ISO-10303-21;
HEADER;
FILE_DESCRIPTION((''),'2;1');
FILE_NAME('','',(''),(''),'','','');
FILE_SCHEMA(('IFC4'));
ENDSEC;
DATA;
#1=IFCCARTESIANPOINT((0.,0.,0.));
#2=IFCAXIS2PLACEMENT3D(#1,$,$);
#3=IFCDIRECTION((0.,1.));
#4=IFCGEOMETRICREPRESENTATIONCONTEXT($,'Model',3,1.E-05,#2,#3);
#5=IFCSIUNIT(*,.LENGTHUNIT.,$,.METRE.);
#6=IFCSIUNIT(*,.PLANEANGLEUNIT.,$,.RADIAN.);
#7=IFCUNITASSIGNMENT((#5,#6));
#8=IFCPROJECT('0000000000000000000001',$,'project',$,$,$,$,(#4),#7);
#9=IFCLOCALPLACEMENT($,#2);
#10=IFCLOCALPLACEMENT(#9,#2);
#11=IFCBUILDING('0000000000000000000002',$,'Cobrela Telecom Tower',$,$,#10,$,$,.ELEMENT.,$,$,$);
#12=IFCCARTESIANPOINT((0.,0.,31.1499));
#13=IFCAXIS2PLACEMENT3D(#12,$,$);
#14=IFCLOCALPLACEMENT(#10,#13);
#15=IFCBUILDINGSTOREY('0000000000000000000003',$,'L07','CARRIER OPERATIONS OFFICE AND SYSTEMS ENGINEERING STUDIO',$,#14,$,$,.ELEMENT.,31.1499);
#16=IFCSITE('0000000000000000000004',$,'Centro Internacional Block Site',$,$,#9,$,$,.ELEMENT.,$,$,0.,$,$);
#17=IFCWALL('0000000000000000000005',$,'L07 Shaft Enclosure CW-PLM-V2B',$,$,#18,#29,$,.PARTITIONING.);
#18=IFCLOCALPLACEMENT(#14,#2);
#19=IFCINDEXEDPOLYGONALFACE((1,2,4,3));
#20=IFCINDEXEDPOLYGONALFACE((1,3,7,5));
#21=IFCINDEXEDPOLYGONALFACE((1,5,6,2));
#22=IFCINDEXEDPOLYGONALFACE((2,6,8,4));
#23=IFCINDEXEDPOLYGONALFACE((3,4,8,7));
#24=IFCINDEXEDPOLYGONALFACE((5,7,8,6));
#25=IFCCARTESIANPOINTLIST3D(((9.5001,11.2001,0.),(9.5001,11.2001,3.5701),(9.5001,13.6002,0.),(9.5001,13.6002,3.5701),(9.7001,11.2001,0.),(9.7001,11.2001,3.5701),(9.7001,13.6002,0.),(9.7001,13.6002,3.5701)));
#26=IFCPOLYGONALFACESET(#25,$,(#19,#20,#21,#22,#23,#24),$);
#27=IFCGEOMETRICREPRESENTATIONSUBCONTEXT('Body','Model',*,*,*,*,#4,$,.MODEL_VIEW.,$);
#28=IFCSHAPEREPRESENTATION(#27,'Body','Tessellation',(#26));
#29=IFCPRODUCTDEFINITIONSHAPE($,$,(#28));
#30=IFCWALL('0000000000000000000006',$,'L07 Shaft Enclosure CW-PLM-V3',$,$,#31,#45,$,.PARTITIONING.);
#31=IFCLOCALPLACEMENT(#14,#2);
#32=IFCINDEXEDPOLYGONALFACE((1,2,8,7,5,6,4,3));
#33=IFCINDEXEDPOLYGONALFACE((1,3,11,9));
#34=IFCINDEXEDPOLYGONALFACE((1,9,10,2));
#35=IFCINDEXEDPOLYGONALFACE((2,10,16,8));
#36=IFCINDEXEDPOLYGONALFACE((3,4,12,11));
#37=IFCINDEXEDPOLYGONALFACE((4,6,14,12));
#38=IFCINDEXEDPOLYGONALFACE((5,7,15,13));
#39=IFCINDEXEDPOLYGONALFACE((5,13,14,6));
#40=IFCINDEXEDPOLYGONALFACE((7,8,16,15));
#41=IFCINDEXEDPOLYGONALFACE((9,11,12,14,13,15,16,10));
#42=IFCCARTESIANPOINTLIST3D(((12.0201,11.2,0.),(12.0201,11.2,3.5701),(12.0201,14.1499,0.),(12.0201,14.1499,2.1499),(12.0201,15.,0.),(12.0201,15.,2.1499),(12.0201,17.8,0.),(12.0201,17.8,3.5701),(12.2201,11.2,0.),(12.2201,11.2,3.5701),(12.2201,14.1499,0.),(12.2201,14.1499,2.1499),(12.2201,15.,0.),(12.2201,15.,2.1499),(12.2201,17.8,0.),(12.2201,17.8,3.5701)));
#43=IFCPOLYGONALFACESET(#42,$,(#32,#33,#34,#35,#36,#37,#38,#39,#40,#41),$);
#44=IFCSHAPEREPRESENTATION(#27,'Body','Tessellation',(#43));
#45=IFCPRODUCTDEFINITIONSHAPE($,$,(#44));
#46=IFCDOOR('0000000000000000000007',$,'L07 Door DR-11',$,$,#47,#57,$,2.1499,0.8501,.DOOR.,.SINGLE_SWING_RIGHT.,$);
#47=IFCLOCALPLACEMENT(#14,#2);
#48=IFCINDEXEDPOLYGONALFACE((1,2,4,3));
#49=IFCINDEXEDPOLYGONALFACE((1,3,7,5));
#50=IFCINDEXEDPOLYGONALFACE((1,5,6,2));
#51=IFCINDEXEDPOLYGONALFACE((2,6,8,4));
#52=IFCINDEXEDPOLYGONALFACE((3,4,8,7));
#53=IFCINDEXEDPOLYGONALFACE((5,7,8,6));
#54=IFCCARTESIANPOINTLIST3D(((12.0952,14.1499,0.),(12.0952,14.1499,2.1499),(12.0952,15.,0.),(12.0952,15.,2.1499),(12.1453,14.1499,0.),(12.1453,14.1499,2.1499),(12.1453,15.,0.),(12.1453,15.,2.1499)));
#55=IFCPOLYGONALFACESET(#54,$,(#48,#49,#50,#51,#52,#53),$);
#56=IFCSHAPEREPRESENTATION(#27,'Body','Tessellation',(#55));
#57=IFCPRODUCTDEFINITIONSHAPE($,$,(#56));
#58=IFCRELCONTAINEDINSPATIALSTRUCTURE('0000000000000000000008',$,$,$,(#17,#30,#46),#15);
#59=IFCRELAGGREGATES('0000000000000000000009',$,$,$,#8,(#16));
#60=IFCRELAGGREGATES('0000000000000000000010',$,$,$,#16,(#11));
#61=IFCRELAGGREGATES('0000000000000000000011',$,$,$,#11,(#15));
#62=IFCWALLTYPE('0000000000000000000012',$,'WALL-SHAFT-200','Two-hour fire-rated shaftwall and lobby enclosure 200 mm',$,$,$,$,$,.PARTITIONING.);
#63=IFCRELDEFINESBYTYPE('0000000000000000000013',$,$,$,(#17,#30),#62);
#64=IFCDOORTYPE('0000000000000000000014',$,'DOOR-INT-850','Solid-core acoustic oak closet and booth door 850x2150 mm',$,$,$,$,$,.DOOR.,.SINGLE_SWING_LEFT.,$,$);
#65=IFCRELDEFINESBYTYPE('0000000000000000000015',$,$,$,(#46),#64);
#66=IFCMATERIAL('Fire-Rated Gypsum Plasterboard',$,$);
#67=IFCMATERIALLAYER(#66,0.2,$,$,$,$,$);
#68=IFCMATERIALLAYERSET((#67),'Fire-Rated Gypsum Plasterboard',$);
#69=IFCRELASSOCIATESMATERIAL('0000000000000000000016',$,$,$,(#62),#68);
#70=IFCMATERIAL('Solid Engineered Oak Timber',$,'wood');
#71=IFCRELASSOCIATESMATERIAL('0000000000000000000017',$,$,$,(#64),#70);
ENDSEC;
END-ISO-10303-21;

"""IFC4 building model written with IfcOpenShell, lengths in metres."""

from ifc_helpers import new_model, si_unit, direction, frame, frame_2d, origin, place, context, subcontext, project, spatial, rectangle, extrude, material, layer, layer_set, type_object, element, fill, save


model = new_model("IFC4")

# Units and contexts
model_context = context("Model", 3, precision=1e-05, world=origin(), true_north=direction((0.0, 1.0)))
body_context = subcontext(model_context, "Body", "Model", "MODEL_VIEW")
ifc_project = project(units=[si_unit("LENGTHUNIT", "METRE"), si_unit("PLANEANGLEUNIT", "RADIAN")], contexts=[model_context])

# Site, building, storey
site_placement = place(None, origin())
site = spatial("IfcSite", under=ifc_project, at=site_placement, Name="Centro Internacional Block Site", CompositionType="ELEMENT", RefElevation=0.0)
building_placement = place(site_placement, origin())
building = spatial("IfcBuilding", under=site, at=building_placement, Name="Cobrela Telecom Tower", CompositionType="ELEMENT")
storey_placement = place(building_placement, frame((0.0, 0.0, 31.1499)))
storey = spatial("IfcBuildingStorey", under=building, at=storey_placement, Name="L07", Description="CARRIER OPERATIONS OFFICE AND SYSTEMS ENGINEERING STUDIO", CompositionType="ELEMENT", Elevation=31.1499)

# Shared definitions
ifc_material_1 = material(Name="Fire-Rated Gypsum Plasterboard")
ifc_material_2 = material(Name="Solid Engineered Oak Timber", Category="wood")

# Wall
ifc_layer_1 = layer(ifc_material_1, 0.2)
ifc_layer_set_1 = layer_set([ifc_layer_1], Name="Fire-Rated Gypsum Plasterboard")
wall_type_1 = type_object("IfcWallType", Name="WALL-SHAFT-200", Description="Two-hour fire-rated shaftwall and lobby enclosure 200 mm", PredefinedType="PARTITIONING", material=ifc_layer_set_1)
for number, where, z_axis, x_axis, name in (
    (1, (9.6001, 11.2, 0.0), (0.0, 0.0, 1.0), (0.0, 1.0, 0.0), "L07 Shaft Enclosure CW-PLM-V2B"),
):
    element("IfcWall", number, at=place(storey_placement, frame(where, z_axis=z_axis, x_axis=x_axis)), inside=storey, type_object=wall_type_1, Name=name, PredefinedType="PARTITIONING", context=body_context, shape_type="SweptSolid", body=[
        extrude(rectangle(XDim=2.4001, YDim=0.2, at=frame_2d((1.2002, 0.0))), origin(), (0.0, 0.0, 1.0), 3.5701),
    ])

# Wall, opening, door
wall_1_placement = place(storey_placement, frame((12.1201, 11.2, 0.0), z_axis=(0.0, 0.0, 1.0), x_axis=(0.0, 1.0, 0.0)))
wall_1 = element("IfcWall", 2, at=wall_1_placement, inside=storey, type_object=wall_type_1, Name="L07 Shaft Enclosure CW-PLM-V3", PredefinedType="PARTITIONING", context=body_context, shape_type="SweptSolid", body=[
    extrude(rectangle(XDim=6.6001, YDim=0.2, at=frame_2d((3.3, 0.0))), origin(), (0.0, 0.0, 1.0), 3.5701),
])
opening_1_placement = place(wall_1_placement, frame((2.95, 0.0, 0.0)))
opening_1 = element("IfcOpeningElement", 3, at=opening_1_placement, cuts=wall_1, PredefinedType="OPENING", context=body_context, shape_type="SweptSolid", body=[
    extrude(rectangle(XDim=0.8501, YDim=2.1499, at=frame_2d((0.425, 1.075))), frame((0.0, 0.1118, 0.0), z_axis=(0.0, -1.0, 0.0), x_axis=(1.0, 0.0, 0.0)), (0.0, 0.0, 1.0), 0.2239),
])
door_type_1 = type_object("IfcDoorType", Name="DOOR-INT-850", Description="Solid-core acoustic oak closet and booth door 850x2150 mm", OperationType="SINGLE_SWING_LEFT", PredefinedType="DOOR", material=ifc_material_2)
door_1_placement = place(opening_1_placement, origin())
door_1 = element("IfcDoor", 4, at=door_1_placement, inside=storey, type_object=door_type_1, Name="L07 Door DR-11", OperationType="SINGLE_SWING_RIGHT", OverallHeight=2.1499, OverallWidth=0.8501, PredefinedType="DOOR", context=body_context, shape_type="SweptSolid", body=[
    extrude(rectangle(XDim=0.8501, YDim=2.1499, at=frame_2d((0.425, 1.075))), frame((0.0, 0.0249, 0.0), z_axis=(0.0, -1.0, 0.0), x_axis=(1.0, 0.0, 0.0)), (0.0, 0.0, 1.0), 0.05),
])
fill(opening_1, door_1)

save(model, "model.ifc")
